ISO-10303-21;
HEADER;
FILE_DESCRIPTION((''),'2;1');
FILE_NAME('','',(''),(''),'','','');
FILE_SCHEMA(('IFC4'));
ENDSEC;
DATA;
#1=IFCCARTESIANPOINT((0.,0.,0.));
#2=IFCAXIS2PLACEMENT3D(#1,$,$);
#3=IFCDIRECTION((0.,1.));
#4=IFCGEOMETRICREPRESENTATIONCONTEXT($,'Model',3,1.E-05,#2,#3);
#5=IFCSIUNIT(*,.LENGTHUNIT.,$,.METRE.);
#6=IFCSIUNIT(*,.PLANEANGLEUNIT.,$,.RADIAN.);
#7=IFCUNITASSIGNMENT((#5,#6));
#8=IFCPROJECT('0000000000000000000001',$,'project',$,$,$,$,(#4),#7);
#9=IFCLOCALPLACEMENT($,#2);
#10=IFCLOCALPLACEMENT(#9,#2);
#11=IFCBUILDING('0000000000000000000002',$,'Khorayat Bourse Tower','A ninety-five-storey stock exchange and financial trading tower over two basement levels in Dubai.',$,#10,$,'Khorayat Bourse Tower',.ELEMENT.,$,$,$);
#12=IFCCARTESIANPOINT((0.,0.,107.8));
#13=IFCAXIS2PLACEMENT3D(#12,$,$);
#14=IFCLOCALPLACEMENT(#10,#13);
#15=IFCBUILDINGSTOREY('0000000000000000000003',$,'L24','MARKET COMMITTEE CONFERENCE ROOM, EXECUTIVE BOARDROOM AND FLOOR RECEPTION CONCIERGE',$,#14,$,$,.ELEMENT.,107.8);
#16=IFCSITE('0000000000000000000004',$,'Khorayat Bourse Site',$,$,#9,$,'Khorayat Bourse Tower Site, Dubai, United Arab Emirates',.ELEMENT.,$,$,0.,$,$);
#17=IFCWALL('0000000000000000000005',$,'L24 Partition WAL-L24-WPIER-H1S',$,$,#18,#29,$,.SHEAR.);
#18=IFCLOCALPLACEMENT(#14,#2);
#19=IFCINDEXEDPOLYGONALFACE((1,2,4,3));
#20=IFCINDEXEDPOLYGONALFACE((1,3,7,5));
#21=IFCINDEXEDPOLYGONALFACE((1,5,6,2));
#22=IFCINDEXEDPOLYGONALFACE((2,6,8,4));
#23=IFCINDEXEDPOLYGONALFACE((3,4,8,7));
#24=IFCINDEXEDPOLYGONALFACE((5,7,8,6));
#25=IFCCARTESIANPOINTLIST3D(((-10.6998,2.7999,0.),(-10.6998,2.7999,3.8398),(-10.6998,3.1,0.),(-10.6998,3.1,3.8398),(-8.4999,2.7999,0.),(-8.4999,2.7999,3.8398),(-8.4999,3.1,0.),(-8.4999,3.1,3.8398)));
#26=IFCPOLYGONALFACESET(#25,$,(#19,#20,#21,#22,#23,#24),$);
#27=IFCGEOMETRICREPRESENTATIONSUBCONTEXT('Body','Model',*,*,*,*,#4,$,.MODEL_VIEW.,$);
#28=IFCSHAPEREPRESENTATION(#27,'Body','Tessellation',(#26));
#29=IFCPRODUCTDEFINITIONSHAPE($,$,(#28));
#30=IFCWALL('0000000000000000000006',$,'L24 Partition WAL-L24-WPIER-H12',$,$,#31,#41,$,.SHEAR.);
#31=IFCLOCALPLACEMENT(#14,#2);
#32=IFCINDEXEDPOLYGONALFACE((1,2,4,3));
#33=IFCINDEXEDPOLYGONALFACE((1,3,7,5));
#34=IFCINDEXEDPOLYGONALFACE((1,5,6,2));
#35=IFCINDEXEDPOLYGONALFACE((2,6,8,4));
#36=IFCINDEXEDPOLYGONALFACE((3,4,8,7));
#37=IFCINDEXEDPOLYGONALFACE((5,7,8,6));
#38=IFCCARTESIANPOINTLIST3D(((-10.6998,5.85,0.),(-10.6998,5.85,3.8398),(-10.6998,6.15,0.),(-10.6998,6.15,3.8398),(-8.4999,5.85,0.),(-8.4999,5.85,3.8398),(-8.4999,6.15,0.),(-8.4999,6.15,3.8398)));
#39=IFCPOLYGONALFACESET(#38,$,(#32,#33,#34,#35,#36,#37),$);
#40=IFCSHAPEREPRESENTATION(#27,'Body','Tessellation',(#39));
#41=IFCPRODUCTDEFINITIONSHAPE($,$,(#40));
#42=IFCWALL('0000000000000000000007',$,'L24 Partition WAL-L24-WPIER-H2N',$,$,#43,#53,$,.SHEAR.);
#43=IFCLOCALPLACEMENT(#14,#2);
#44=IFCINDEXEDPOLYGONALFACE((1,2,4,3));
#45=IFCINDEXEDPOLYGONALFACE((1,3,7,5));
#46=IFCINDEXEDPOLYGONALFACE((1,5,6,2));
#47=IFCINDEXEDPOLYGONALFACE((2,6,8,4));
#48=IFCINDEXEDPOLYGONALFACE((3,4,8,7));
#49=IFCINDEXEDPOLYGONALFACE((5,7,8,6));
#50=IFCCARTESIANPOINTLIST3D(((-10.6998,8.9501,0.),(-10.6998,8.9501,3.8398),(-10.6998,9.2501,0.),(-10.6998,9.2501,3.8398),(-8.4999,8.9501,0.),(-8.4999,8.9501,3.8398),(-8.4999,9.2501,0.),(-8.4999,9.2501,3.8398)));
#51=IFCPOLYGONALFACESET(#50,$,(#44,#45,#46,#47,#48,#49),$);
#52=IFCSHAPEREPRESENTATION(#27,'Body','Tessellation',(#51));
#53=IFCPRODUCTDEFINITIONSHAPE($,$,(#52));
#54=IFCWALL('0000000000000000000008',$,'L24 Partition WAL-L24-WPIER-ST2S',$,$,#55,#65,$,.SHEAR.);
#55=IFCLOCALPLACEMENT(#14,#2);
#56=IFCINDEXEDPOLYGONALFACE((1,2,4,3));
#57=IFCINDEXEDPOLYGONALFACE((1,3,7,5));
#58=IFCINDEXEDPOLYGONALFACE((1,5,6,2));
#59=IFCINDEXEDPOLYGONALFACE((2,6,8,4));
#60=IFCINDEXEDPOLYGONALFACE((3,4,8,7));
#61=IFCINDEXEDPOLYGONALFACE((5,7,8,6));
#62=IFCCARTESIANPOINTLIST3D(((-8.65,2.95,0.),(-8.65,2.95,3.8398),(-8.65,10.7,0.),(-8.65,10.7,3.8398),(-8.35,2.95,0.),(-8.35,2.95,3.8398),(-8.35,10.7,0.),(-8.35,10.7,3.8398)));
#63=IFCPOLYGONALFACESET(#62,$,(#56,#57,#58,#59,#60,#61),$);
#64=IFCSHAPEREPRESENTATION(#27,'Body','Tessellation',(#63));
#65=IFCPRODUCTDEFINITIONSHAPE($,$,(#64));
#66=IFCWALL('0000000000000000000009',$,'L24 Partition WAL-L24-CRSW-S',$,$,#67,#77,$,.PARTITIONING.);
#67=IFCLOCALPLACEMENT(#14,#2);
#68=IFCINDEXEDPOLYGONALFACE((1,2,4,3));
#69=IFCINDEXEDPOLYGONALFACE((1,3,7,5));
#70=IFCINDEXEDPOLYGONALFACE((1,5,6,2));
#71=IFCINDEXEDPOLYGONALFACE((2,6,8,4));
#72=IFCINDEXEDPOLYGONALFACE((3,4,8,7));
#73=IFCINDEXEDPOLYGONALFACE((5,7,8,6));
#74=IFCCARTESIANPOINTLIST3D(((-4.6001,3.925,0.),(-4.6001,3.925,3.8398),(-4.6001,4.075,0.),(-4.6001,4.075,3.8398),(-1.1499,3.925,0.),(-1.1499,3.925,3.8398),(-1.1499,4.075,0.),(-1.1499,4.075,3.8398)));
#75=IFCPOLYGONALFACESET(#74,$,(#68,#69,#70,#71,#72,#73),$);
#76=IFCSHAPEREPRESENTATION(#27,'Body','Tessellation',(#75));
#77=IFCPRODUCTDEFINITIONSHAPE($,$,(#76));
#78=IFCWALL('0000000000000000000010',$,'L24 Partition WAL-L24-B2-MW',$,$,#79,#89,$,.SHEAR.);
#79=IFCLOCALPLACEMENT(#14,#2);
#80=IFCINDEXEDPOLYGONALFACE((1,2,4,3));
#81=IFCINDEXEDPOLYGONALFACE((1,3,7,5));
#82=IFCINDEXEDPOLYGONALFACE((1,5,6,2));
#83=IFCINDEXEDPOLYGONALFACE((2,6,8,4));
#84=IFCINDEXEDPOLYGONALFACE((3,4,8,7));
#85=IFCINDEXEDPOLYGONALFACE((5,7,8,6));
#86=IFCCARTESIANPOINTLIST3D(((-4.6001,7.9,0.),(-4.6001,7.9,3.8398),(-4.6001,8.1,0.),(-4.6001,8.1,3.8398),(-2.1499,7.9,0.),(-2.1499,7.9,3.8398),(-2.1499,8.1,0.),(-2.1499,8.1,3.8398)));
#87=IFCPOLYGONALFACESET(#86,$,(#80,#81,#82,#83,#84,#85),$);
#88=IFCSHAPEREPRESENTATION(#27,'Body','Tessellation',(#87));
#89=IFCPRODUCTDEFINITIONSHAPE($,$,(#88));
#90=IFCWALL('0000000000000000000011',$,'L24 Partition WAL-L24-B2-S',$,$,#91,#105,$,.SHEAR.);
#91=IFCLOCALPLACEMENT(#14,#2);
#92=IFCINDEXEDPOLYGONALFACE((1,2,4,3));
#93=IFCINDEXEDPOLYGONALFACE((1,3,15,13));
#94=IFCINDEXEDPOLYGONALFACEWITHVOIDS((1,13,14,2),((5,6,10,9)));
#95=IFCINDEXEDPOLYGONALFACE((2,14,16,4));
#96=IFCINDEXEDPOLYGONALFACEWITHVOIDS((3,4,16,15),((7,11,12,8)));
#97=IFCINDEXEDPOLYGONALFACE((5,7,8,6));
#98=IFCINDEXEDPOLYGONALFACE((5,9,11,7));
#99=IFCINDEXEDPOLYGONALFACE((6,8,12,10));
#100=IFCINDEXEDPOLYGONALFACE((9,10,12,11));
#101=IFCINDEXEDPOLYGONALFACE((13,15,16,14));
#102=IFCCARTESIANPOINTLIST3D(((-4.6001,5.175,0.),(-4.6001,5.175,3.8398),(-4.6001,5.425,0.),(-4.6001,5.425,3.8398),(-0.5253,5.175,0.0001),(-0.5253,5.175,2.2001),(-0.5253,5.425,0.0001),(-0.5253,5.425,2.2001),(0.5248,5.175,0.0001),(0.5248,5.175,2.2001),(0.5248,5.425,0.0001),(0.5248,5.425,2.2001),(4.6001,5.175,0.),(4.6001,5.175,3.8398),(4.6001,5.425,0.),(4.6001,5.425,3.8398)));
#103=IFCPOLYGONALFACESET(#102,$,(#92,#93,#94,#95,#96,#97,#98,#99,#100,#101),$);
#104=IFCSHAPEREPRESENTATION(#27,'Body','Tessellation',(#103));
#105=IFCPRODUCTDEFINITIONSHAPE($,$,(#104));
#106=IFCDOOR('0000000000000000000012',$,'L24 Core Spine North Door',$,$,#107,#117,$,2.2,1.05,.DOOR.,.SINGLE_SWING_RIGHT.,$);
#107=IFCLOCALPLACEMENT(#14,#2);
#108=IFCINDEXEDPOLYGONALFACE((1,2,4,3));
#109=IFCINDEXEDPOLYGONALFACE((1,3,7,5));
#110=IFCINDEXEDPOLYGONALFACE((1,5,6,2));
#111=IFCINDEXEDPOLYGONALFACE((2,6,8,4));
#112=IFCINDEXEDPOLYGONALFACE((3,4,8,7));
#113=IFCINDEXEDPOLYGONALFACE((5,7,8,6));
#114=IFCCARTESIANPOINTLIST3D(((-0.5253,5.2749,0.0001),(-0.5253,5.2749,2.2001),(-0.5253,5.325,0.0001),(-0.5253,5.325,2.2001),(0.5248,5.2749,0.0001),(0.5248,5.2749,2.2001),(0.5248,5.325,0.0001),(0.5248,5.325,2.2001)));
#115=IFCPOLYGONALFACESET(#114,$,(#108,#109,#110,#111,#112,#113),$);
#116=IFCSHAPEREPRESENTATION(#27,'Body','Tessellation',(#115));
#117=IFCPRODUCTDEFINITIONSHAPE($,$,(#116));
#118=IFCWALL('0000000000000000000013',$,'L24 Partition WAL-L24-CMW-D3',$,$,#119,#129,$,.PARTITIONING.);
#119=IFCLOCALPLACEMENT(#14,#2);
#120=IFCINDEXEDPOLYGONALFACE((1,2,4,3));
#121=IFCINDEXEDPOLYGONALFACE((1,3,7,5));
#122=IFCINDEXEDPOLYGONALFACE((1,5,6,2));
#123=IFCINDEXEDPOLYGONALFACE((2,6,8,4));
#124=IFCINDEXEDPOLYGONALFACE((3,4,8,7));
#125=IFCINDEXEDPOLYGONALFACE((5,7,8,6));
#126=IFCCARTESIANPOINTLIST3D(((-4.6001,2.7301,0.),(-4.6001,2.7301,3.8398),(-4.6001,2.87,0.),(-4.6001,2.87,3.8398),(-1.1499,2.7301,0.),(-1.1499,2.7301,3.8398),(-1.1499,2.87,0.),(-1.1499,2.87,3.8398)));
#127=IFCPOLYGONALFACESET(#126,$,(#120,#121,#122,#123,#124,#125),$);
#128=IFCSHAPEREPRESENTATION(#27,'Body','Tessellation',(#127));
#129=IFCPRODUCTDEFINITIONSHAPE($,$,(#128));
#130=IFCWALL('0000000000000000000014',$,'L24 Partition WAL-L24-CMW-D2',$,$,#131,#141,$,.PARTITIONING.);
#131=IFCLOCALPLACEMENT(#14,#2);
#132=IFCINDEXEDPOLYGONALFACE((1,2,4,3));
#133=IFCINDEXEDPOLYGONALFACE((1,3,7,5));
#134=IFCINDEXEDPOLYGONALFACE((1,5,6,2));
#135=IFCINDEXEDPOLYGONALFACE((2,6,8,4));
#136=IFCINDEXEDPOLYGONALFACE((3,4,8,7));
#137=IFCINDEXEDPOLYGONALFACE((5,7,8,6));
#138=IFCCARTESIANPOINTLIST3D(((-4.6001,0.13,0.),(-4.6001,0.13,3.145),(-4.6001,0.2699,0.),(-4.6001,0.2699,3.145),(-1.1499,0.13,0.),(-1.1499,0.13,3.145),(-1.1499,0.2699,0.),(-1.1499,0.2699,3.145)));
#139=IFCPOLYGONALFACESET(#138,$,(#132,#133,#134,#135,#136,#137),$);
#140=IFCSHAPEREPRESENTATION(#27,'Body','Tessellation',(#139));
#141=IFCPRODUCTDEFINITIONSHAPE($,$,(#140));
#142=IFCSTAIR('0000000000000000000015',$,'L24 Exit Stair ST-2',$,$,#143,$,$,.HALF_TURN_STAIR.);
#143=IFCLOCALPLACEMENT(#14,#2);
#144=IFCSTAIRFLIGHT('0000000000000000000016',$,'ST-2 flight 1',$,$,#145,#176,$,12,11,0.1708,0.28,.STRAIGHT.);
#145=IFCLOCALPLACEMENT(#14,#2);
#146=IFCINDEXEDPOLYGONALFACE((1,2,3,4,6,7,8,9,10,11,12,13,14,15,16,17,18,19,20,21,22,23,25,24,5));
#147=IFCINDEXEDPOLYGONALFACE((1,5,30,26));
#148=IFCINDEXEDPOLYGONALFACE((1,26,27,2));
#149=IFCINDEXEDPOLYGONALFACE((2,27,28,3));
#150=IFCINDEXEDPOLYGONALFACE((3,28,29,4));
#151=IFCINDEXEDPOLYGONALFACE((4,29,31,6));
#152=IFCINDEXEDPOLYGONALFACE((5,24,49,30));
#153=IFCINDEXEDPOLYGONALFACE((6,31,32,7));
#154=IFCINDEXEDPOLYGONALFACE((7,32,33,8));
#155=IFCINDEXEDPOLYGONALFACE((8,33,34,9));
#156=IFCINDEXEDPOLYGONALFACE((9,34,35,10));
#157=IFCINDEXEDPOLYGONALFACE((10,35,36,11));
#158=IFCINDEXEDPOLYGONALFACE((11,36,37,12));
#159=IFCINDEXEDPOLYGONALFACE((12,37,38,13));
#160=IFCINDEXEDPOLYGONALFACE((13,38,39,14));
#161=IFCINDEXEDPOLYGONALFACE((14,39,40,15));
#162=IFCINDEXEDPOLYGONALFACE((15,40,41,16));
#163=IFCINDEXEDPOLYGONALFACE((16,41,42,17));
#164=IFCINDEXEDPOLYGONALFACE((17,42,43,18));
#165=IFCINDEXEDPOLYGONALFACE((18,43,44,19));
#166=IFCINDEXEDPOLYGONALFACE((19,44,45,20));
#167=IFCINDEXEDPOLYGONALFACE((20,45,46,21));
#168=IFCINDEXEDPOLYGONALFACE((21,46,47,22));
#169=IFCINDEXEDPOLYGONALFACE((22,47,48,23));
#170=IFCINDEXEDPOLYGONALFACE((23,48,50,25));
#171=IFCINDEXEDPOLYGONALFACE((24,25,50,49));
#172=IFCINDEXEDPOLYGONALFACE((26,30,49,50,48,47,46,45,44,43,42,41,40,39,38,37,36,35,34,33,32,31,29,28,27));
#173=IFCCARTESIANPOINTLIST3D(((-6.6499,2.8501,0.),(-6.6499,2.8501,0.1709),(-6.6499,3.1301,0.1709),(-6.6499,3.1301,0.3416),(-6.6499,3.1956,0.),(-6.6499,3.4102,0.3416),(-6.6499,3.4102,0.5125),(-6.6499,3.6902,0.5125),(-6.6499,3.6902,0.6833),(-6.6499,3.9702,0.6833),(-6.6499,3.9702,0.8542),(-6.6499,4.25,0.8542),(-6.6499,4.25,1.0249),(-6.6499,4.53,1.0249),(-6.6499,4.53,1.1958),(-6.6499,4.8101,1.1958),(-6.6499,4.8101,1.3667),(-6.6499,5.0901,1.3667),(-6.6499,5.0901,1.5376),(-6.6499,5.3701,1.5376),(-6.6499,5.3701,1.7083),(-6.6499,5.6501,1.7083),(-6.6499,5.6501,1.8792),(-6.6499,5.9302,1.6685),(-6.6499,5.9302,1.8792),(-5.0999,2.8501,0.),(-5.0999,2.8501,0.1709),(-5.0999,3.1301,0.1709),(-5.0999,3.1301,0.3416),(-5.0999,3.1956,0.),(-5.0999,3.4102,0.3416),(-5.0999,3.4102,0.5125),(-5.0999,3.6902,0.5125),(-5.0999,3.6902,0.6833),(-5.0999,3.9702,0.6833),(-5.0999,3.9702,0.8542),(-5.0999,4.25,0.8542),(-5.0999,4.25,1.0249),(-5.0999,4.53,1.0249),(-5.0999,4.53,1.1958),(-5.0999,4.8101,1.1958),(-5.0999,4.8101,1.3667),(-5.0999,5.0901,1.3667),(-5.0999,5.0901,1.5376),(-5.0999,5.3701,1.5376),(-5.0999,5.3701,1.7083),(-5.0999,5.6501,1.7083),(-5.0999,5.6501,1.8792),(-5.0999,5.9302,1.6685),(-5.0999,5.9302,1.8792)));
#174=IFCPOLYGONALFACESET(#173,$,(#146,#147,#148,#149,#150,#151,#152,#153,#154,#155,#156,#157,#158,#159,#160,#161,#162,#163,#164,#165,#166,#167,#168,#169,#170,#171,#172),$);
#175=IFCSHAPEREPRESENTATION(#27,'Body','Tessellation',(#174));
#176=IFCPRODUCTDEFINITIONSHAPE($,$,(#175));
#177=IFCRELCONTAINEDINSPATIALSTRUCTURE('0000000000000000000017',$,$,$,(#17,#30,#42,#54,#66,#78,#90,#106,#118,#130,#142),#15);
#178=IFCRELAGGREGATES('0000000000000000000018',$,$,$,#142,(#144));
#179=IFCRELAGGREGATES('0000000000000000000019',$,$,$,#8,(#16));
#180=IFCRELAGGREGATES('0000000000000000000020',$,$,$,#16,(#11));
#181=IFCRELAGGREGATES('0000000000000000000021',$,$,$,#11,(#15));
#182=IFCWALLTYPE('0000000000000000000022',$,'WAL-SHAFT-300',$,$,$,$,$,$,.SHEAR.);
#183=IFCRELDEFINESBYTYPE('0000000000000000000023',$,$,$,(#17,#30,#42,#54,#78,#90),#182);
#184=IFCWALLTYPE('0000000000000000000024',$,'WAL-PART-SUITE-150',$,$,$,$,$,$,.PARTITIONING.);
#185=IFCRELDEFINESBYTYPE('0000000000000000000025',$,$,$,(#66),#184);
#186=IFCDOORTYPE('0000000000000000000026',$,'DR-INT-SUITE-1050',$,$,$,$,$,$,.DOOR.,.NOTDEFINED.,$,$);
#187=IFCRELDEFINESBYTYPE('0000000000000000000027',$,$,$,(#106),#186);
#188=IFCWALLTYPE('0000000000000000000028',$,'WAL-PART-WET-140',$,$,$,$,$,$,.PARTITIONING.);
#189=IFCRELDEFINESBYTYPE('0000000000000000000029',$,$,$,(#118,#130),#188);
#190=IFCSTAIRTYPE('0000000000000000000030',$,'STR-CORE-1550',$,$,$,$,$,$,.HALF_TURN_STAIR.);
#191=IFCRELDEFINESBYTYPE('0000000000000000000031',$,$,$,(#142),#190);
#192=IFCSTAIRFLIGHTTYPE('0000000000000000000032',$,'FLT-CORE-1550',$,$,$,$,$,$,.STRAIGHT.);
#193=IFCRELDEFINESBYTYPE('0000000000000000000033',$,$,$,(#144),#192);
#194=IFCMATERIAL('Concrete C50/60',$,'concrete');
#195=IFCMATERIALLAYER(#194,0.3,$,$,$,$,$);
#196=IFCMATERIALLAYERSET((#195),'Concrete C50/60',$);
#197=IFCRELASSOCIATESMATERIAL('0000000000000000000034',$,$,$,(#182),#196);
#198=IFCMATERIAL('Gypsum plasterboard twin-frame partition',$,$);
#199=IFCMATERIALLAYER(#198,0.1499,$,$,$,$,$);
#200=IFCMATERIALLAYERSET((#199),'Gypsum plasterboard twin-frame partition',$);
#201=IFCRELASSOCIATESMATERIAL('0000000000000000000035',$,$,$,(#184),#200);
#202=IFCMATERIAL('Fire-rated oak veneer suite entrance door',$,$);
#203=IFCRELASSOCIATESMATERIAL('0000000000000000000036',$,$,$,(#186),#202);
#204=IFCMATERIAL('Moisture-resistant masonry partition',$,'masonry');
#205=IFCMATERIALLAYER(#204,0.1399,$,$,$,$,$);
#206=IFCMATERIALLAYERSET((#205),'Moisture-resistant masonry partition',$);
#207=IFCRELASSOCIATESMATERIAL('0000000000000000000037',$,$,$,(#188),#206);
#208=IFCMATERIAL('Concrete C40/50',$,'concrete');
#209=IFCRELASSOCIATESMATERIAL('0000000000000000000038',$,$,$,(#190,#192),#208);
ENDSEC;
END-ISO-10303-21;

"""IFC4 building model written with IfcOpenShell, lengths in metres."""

from ifc_helpers import new_model, si_unit, direction, frame, frame_2d, origin, place, context, subcontext, project, spatial, polyline, rectangle, outline, extrude, source, transform, mapped, material, layer, layer_set, type_object, element, fill, aggregate, save


model = new_model("IFC4")

# Units and contexts
model_context = context("Model", 3, precision=1e-05, world=origin(), true_north=direction((0.0, 1.0)))
body_context = subcontext(model_context, "Body", "Model", "MODEL_VIEW")
ifc_project = project(units=[si_unit("LENGTHUNIT", "METRE"), si_unit("PLANEANGLEUNIT", "RADIAN")], contexts=[model_context])

# Site, building, storey
site_placement = place(None, origin())
site = spatial("IfcSite", under=ifc_project, at=site_placement, Name="Khorayat Bourse Site", LongName="Khorayat Bourse Tower Site, Dubai, United Arab Emirates", CompositionType="ELEMENT", RefElevation=0.0)
building_placement = place(site_placement, origin())
building = spatial("IfcBuilding", under=site, at=building_placement, Name="Khorayat Bourse Tower", Description="A ninety-five-storey stock exchange and financial trading tower over two basement levels in Dubai.", LongName="Khorayat Bourse Tower", CompositionType="ELEMENT")
storey_placement = place(building_placement, frame((0.0, 0.0, 107.8)))
storey = spatial("IfcBuildingStorey", under=building, at=storey_placement, Name="L24", Description="MARKET COMMITTEE CONFERENCE ROOM, EXECUTIVE BOARDROOM AND FLOOR RECEPTION CONCIERGE", CompositionType="ELEMENT", Elevation=107.8)

# Walls
ifc_material_1 = material(Name="Concrete C50/60", Category="concrete")
ifc_layer_1 = layer(ifc_material_1, 0.3)
ifc_layer_set_1 = layer_set([ifc_layer_1], Name="Concrete C50/60")
wall_type_1 = type_object("IfcWallType", Name="WAL-SHAFT-300", PredefinedType="SHEAR", material=ifc_layer_set_1)
shared_shape_1 = source(origin(), body_context, "Body", "SweptSolid", [
    extrude(rectangle(XDim=2.2, YDim=0.3, at=frame_2d((1.1001, 0.0))), origin(), (0.0, 0.0, 1.0), 3.8398),
])
for number, where, z_axis, x_axis, name in (
    (1, (-10.7, 2.95, 0.0), (0.0, 0.0, 1.0), (1.0, 0.0, 0.0), "L24 Partition WAL-L24-WPIER-H1S"),
    (2, (-10.7, 6.0, 0.0), (0.0, 0.0, 1.0), (1.0, 0.0, 0.0), "L24 Partition WAL-L24-WPIER-H12"),
    (3, (-10.7, 9.1001, 0.0), (0.0, 0.0, 1.0), (1.0, 0.0, 0.0), "L24 Partition WAL-L24-WPIER-H2N"),
):
    element("IfcWall", number, at=place(storey_placement, frame(where, z_axis=z_axis, x_axis=x_axis)), inside=storey, type_object=wall_type_1, Name=name, PredefinedType="SHEAR", context=body_context, shape_type="MappedRepresentation", body=[
        mapped(shared_shape_1, transform((0.0, 0.0, 0.0), scale=1.0)),
    ])
shared_shape_2 = source(origin(), body_context, "Body", "SweptSolid", [
    extrude(rectangle(XDim=7.75, YDim=0.3, at=frame_2d((3.875, 0.0))), origin(), (0.0, 0.0, 1.0), 3.8398),
])
wall_1_placement = place(storey_placement, frame((-8.5, 2.95, 0.0), z_axis=(0.0, 0.0, 1.0), x_axis=(0.0, 1.0, 0.0)))
element("IfcWall", 4, at=wall_1_placement, inside=storey, type_object=wall_type_1, Name="L24 Partition WAL-L24-WPIER-ST2S", PredefinedType="SHEAR", context=body_context, shape_type="MappedRepresentation", body=[
    mapped(shared_shape_2, transform((0.0, 0.0, 0.0), scale=1.0)),
])
ifc_material_2 = material(Name="Gypsum plasterboard twin-frame partition")
ifc_layer_2 = layer(ifc_material_2, 0.1499)
ifc_layer_set_2 = layer_set([ifc_layer_2], Name="Gypsum plasterboard twin-frame partition")
wall_type_2 = type_object("IfcWallType", Name="WAL-PART-SUITE-150", PredefinedType="PARTITIONING", material=ifc_layer_set_2)
shared_shape_3 = source(origin(), body_context, "Body", "SweptSolid", [
    extrude(rectangle(XDim=3.4502, YDim=0.1499, at=frame_2d((1.7251, 0.0))), origin(), (0.0, 0.0, 1.0), 3.8398),
])
wall_2_placement = place(storey_placement, frame((-4.6001, 4.0, 0.0), z_axis=(0.0, 0.0, 1.0), x_axis=(1.0, 0.0, 0.0)))
element("IfcWall", 5, at=wall_2_placement, inside=storey, type_object=wall_type_2, Name="L24 Partition WAL-L24-CRSW-S", PredefinedType="PARTITIONING", context=body_context, shape_type="MappedRepresentation", body=[
    mapped(shared_shape_3, transform((0.0, 0.0, 0.0), scale=1.0)),
])
shared_shape_4 = source(origin(), body_context, "Body", "SweptSolid", [
    extrude(rectangle(XDim=2.4502, YDim=0.2, at=frame_2d((1.2251, 0.0))), origin(), (0.0, 0.0, 1.0), 3.8398),
])
wall_3_placement = place(storey_placement, frame((-4.6001, 8.0, 0.0), z_axis=(0.0, 0.0, 1.0), x_axis=(1.0, 0.0, 0.0)))
element("IfcWall", 6, at=wall_3_placement, inside=storey, type_object=wall_type_1, Name="L24 Partition WAL-L24-B2-MW", PredefinedType="SHEAR", context=body_context, shape_type="MappedRepresentation", body=[
    mapped(shared_shape_4, transform((0.0, 0.0, 0.0), scale=1.0)),
])

# Wall, opening, door
shared_shape_5 = source(origin(), body_context, "Body", "SweptSolid", [
    extrude(rectangle(XDim=9.2002, YDim=0.25, at=frame_2d((4.6001, 0.0))), origin(), (0.0, 0.0, 1.0), 3.8398),
])
wall_4_placement = place(storey_placement, frame((-4.6001, 5.3, 0.0), z_axis=(0.0, 0.0, 1.0), x_axis=(1.0, 0.0, 0.0)))
wall_4 = element("IfcWall", 7, at=wall_4_placement, inside=storey, type_object=wall_type_1, Name="L24 Partition WAL-L24-B2-S", PredefinedType="SHEAR", context=body_context, shape_type="MappedRepresentation", body=[
    mapped(shared_shape_5, transform((0.0, 0.0, 0.0), scale=1.0)),
])
shared_shape_6 = source(origin(), body_context, "Body", "SweptSolid", [
    extrude(rectangle(XDim=1.05, YDim=2.2, at=frame_2d((0.5249, 1.1001))), frame((0.0, 0.135, 0.0), z_axis=(0.0, -1.0, 0.0), x_axis=(1.0, 0.0, 0.0)), (0.0, 0.0, 1.0), 0.27),
])
opening_placement = place(wall_4_placement, frame((4.075, 0.0, 0.0)))
opening = element("IfcOpeningElement", 8, at=opening_placement, cuts=wall_4, PredefinedType="OPENING", context=body_context, shape_type="MappedRepresentation", body=[
    mapped(shared_shape_6, transform((0.0, 0.0, 0.0), scale=1.0)),
])
ifc_material_3 = material(Name="Fire-rated oak veneer suite entrance door")
door_type = type_object("IfcDoorType", Name="DR-INT-SUITE-1050", OperationType="NOTDEFINED", PredefinedType="DOOR", material=ifc_material_3)
shared_shape_7 = source(origin(), body_context, "Body", "SweptSolid", [
    extrude(rectangle(XDim=1.05, YDim=2.2, at=frame_2d((0.5249, 1.1001))), frame((0.0, 0.0249, 0.0), z_axis=(0.0, -1.0, 0.0), x_axis=(1.0, 0.0, 0.0)), (0.0, 0.0, 1.0), 0.05),
])
door_placement = place(opening_placement, origin())
door = element("IfcDoor", 9, at=door_placement, inside=storey, type_object=door_type, Name="L24 Core Spine North Door", OperationType="SINGLE_SWING_RIGHT", OverallHeight=2.2, OverallWidth=1.05, PredefinedType="DOOR", context=body_context, shape_type="MappedRepresentation", body=[
    mapped(shared_shape_7, transform((0.0, 0.0, 0.0), scale=1.0)),
])
fill(opening, door)

# Walls
ifc_material_4 = material(Name="Moisture-resistant masonry partition", Category="masonry")
ifc_layer_3 = layer(ifc_material_4, 0.1399)
ifc_layer_set_3 = layer_set([ifc_layer_3], Name="Moisture-resistant masonry partition")
wall_type_3 = type_object("IfcWallType", Name="WAL-PART-WET-140", PredefinedType="PARTITIONING", material=ifc_layer_set_3)
shared_shape_8 = source(origin(), body_context, "Body", "SweptSolid", [
    extrude(rectangle(XDim=3.4502, YDim=0.1399, at=frame_2d((1.7251, 0.0))), origin(), (0.0, 0.0, 1.0), 3.8398),
])
wall_5_placement = place(storey_placement, frame((-4.6001, 2.8, 0.0), z_axis=(0.0, 0.0, 1.0), x_axis=(1.0, 0.0, 0.0)))
element("IfcWall", 10, at=wall_5_placement, inside=storey, type_object=wall_type_3, Name="L24 Partition WAL-L24-CMW-D3", PredefinedType="PARTITIONING", context=body_context, shape_type="MappedRepresentation", body=[
    mapped(shared_shape_8, transform((0.0, 0.0, 0.0), scale=1.0)),
])
shared_shape_9 = source(origin(), body_context, "Body", "SweptSolid", [
    extrude(rectangle(XDim=3.4502, YDim=0.1399, at=frame_2d((1.7251, 0.0))), origin(), (0.0, 0.0, 1.0), 3.145),
])
wall_6_placement = place(storey_placement, frame((-4.6001, 0.2, 0.0), z_axis=(0.0, 0.0, 1.0), x_axis=(1.0, 0.0, 0.0)))
element("IfcWall", 11, at=wall_6_placement, inside=storey, type_object=wall_type_3, Name="L24 Partition WAL-L24-CMW-D2", PredefinedType="PARTITIONING", context=body_context, shape_type="MappedRepresentation", body=[
    mapped(shared_shape_9, transform((0.0, 0.0, 0.0), scale=1.0)),
])

# Stair, stair flight
ifc_material_5 = material(Name="Concrete C40/50", Category="concrete")
stair_type = type_object("IfcStairType", Name="STR-CORE-1550", PredefinedType="HALF_TURN_STAIR", material=ifc_material_5)
stair_placement = place(storey_placement, origin())
stair = element("IfcStair", 12, at=stair_placement, inside=storey, type_object=stair_type, Name="L24 Exit Stair ST-2", PredefinedType="HALF_TURN_STAIR")
stair_flight_type = type_object("IfcStairFlightType", Name="FLT-CORE-1550", PredefinedType="STRAIGHT", material=ifc_material_5)
shared_shape_10 = source(origin(), body_context, "Body", "SweptSolid", [
    extrude(outline(polyline([(0.0, 0.0), (0.0, 0.1709), (0.28, 0.1709), (0.28, 0.3416), (0.5601, 0.3416), (0.5601, 0.5125), (0.8401, 0.5125), (0.8401, 0.6833), (1.1201, 0.6833), (1.1201, 0.8542), (1.3999, 0.8542), (1.3999, 1.0249), (1.6799, 1.0249), (1.6799, 1.1958), (1.96, 1.1958), (1.96, 1.3667), (2.24, 1.3667), (2.24, 1.5376), (2.52, 1.5376), (2.52, 1.7083), (2.8, 1.7083), (2.8, 1.8792), (3.0801, 1.8792), (3.0801, 2.05), (3.0801, 1.6685), (0.3455, 0.0), (0.0, 0.0)])), frame((0.0, 0.7749, 0.0), z_axis=(0.0, -1.0, 0.0), x_axis=(1.0, 0.0, 0.0)), (0.0, 0.0, 1.0), 1.55),
])
stair_flight_1_placement = place(storey_placement, frame((-5.875, 2.8501, 0.0), z_axis=(0.0, 0.0, 1.0), x_axis=(0.0, 1.0, 0.0)))
stair_flight_1 = element("IfcStairFlight", 13, at=stair_flight_1_placement, type_object=stair_flight_type, Name="ST-2 flight 1", NumberOfRisers=12, NumberOfTreads=11, PredefinedType="STRAIGHT", RiserHeight=0.1708, TreadLength=0.28, context=body_context, shape_type="MappedRepresentation", body=[
    mapped(shared_shape_10, transform((0.0, 0.0, 0.0), scale=1.0)),
])
aggregate(stair, [stair_flight_1])

save(model, "model.ifc")
